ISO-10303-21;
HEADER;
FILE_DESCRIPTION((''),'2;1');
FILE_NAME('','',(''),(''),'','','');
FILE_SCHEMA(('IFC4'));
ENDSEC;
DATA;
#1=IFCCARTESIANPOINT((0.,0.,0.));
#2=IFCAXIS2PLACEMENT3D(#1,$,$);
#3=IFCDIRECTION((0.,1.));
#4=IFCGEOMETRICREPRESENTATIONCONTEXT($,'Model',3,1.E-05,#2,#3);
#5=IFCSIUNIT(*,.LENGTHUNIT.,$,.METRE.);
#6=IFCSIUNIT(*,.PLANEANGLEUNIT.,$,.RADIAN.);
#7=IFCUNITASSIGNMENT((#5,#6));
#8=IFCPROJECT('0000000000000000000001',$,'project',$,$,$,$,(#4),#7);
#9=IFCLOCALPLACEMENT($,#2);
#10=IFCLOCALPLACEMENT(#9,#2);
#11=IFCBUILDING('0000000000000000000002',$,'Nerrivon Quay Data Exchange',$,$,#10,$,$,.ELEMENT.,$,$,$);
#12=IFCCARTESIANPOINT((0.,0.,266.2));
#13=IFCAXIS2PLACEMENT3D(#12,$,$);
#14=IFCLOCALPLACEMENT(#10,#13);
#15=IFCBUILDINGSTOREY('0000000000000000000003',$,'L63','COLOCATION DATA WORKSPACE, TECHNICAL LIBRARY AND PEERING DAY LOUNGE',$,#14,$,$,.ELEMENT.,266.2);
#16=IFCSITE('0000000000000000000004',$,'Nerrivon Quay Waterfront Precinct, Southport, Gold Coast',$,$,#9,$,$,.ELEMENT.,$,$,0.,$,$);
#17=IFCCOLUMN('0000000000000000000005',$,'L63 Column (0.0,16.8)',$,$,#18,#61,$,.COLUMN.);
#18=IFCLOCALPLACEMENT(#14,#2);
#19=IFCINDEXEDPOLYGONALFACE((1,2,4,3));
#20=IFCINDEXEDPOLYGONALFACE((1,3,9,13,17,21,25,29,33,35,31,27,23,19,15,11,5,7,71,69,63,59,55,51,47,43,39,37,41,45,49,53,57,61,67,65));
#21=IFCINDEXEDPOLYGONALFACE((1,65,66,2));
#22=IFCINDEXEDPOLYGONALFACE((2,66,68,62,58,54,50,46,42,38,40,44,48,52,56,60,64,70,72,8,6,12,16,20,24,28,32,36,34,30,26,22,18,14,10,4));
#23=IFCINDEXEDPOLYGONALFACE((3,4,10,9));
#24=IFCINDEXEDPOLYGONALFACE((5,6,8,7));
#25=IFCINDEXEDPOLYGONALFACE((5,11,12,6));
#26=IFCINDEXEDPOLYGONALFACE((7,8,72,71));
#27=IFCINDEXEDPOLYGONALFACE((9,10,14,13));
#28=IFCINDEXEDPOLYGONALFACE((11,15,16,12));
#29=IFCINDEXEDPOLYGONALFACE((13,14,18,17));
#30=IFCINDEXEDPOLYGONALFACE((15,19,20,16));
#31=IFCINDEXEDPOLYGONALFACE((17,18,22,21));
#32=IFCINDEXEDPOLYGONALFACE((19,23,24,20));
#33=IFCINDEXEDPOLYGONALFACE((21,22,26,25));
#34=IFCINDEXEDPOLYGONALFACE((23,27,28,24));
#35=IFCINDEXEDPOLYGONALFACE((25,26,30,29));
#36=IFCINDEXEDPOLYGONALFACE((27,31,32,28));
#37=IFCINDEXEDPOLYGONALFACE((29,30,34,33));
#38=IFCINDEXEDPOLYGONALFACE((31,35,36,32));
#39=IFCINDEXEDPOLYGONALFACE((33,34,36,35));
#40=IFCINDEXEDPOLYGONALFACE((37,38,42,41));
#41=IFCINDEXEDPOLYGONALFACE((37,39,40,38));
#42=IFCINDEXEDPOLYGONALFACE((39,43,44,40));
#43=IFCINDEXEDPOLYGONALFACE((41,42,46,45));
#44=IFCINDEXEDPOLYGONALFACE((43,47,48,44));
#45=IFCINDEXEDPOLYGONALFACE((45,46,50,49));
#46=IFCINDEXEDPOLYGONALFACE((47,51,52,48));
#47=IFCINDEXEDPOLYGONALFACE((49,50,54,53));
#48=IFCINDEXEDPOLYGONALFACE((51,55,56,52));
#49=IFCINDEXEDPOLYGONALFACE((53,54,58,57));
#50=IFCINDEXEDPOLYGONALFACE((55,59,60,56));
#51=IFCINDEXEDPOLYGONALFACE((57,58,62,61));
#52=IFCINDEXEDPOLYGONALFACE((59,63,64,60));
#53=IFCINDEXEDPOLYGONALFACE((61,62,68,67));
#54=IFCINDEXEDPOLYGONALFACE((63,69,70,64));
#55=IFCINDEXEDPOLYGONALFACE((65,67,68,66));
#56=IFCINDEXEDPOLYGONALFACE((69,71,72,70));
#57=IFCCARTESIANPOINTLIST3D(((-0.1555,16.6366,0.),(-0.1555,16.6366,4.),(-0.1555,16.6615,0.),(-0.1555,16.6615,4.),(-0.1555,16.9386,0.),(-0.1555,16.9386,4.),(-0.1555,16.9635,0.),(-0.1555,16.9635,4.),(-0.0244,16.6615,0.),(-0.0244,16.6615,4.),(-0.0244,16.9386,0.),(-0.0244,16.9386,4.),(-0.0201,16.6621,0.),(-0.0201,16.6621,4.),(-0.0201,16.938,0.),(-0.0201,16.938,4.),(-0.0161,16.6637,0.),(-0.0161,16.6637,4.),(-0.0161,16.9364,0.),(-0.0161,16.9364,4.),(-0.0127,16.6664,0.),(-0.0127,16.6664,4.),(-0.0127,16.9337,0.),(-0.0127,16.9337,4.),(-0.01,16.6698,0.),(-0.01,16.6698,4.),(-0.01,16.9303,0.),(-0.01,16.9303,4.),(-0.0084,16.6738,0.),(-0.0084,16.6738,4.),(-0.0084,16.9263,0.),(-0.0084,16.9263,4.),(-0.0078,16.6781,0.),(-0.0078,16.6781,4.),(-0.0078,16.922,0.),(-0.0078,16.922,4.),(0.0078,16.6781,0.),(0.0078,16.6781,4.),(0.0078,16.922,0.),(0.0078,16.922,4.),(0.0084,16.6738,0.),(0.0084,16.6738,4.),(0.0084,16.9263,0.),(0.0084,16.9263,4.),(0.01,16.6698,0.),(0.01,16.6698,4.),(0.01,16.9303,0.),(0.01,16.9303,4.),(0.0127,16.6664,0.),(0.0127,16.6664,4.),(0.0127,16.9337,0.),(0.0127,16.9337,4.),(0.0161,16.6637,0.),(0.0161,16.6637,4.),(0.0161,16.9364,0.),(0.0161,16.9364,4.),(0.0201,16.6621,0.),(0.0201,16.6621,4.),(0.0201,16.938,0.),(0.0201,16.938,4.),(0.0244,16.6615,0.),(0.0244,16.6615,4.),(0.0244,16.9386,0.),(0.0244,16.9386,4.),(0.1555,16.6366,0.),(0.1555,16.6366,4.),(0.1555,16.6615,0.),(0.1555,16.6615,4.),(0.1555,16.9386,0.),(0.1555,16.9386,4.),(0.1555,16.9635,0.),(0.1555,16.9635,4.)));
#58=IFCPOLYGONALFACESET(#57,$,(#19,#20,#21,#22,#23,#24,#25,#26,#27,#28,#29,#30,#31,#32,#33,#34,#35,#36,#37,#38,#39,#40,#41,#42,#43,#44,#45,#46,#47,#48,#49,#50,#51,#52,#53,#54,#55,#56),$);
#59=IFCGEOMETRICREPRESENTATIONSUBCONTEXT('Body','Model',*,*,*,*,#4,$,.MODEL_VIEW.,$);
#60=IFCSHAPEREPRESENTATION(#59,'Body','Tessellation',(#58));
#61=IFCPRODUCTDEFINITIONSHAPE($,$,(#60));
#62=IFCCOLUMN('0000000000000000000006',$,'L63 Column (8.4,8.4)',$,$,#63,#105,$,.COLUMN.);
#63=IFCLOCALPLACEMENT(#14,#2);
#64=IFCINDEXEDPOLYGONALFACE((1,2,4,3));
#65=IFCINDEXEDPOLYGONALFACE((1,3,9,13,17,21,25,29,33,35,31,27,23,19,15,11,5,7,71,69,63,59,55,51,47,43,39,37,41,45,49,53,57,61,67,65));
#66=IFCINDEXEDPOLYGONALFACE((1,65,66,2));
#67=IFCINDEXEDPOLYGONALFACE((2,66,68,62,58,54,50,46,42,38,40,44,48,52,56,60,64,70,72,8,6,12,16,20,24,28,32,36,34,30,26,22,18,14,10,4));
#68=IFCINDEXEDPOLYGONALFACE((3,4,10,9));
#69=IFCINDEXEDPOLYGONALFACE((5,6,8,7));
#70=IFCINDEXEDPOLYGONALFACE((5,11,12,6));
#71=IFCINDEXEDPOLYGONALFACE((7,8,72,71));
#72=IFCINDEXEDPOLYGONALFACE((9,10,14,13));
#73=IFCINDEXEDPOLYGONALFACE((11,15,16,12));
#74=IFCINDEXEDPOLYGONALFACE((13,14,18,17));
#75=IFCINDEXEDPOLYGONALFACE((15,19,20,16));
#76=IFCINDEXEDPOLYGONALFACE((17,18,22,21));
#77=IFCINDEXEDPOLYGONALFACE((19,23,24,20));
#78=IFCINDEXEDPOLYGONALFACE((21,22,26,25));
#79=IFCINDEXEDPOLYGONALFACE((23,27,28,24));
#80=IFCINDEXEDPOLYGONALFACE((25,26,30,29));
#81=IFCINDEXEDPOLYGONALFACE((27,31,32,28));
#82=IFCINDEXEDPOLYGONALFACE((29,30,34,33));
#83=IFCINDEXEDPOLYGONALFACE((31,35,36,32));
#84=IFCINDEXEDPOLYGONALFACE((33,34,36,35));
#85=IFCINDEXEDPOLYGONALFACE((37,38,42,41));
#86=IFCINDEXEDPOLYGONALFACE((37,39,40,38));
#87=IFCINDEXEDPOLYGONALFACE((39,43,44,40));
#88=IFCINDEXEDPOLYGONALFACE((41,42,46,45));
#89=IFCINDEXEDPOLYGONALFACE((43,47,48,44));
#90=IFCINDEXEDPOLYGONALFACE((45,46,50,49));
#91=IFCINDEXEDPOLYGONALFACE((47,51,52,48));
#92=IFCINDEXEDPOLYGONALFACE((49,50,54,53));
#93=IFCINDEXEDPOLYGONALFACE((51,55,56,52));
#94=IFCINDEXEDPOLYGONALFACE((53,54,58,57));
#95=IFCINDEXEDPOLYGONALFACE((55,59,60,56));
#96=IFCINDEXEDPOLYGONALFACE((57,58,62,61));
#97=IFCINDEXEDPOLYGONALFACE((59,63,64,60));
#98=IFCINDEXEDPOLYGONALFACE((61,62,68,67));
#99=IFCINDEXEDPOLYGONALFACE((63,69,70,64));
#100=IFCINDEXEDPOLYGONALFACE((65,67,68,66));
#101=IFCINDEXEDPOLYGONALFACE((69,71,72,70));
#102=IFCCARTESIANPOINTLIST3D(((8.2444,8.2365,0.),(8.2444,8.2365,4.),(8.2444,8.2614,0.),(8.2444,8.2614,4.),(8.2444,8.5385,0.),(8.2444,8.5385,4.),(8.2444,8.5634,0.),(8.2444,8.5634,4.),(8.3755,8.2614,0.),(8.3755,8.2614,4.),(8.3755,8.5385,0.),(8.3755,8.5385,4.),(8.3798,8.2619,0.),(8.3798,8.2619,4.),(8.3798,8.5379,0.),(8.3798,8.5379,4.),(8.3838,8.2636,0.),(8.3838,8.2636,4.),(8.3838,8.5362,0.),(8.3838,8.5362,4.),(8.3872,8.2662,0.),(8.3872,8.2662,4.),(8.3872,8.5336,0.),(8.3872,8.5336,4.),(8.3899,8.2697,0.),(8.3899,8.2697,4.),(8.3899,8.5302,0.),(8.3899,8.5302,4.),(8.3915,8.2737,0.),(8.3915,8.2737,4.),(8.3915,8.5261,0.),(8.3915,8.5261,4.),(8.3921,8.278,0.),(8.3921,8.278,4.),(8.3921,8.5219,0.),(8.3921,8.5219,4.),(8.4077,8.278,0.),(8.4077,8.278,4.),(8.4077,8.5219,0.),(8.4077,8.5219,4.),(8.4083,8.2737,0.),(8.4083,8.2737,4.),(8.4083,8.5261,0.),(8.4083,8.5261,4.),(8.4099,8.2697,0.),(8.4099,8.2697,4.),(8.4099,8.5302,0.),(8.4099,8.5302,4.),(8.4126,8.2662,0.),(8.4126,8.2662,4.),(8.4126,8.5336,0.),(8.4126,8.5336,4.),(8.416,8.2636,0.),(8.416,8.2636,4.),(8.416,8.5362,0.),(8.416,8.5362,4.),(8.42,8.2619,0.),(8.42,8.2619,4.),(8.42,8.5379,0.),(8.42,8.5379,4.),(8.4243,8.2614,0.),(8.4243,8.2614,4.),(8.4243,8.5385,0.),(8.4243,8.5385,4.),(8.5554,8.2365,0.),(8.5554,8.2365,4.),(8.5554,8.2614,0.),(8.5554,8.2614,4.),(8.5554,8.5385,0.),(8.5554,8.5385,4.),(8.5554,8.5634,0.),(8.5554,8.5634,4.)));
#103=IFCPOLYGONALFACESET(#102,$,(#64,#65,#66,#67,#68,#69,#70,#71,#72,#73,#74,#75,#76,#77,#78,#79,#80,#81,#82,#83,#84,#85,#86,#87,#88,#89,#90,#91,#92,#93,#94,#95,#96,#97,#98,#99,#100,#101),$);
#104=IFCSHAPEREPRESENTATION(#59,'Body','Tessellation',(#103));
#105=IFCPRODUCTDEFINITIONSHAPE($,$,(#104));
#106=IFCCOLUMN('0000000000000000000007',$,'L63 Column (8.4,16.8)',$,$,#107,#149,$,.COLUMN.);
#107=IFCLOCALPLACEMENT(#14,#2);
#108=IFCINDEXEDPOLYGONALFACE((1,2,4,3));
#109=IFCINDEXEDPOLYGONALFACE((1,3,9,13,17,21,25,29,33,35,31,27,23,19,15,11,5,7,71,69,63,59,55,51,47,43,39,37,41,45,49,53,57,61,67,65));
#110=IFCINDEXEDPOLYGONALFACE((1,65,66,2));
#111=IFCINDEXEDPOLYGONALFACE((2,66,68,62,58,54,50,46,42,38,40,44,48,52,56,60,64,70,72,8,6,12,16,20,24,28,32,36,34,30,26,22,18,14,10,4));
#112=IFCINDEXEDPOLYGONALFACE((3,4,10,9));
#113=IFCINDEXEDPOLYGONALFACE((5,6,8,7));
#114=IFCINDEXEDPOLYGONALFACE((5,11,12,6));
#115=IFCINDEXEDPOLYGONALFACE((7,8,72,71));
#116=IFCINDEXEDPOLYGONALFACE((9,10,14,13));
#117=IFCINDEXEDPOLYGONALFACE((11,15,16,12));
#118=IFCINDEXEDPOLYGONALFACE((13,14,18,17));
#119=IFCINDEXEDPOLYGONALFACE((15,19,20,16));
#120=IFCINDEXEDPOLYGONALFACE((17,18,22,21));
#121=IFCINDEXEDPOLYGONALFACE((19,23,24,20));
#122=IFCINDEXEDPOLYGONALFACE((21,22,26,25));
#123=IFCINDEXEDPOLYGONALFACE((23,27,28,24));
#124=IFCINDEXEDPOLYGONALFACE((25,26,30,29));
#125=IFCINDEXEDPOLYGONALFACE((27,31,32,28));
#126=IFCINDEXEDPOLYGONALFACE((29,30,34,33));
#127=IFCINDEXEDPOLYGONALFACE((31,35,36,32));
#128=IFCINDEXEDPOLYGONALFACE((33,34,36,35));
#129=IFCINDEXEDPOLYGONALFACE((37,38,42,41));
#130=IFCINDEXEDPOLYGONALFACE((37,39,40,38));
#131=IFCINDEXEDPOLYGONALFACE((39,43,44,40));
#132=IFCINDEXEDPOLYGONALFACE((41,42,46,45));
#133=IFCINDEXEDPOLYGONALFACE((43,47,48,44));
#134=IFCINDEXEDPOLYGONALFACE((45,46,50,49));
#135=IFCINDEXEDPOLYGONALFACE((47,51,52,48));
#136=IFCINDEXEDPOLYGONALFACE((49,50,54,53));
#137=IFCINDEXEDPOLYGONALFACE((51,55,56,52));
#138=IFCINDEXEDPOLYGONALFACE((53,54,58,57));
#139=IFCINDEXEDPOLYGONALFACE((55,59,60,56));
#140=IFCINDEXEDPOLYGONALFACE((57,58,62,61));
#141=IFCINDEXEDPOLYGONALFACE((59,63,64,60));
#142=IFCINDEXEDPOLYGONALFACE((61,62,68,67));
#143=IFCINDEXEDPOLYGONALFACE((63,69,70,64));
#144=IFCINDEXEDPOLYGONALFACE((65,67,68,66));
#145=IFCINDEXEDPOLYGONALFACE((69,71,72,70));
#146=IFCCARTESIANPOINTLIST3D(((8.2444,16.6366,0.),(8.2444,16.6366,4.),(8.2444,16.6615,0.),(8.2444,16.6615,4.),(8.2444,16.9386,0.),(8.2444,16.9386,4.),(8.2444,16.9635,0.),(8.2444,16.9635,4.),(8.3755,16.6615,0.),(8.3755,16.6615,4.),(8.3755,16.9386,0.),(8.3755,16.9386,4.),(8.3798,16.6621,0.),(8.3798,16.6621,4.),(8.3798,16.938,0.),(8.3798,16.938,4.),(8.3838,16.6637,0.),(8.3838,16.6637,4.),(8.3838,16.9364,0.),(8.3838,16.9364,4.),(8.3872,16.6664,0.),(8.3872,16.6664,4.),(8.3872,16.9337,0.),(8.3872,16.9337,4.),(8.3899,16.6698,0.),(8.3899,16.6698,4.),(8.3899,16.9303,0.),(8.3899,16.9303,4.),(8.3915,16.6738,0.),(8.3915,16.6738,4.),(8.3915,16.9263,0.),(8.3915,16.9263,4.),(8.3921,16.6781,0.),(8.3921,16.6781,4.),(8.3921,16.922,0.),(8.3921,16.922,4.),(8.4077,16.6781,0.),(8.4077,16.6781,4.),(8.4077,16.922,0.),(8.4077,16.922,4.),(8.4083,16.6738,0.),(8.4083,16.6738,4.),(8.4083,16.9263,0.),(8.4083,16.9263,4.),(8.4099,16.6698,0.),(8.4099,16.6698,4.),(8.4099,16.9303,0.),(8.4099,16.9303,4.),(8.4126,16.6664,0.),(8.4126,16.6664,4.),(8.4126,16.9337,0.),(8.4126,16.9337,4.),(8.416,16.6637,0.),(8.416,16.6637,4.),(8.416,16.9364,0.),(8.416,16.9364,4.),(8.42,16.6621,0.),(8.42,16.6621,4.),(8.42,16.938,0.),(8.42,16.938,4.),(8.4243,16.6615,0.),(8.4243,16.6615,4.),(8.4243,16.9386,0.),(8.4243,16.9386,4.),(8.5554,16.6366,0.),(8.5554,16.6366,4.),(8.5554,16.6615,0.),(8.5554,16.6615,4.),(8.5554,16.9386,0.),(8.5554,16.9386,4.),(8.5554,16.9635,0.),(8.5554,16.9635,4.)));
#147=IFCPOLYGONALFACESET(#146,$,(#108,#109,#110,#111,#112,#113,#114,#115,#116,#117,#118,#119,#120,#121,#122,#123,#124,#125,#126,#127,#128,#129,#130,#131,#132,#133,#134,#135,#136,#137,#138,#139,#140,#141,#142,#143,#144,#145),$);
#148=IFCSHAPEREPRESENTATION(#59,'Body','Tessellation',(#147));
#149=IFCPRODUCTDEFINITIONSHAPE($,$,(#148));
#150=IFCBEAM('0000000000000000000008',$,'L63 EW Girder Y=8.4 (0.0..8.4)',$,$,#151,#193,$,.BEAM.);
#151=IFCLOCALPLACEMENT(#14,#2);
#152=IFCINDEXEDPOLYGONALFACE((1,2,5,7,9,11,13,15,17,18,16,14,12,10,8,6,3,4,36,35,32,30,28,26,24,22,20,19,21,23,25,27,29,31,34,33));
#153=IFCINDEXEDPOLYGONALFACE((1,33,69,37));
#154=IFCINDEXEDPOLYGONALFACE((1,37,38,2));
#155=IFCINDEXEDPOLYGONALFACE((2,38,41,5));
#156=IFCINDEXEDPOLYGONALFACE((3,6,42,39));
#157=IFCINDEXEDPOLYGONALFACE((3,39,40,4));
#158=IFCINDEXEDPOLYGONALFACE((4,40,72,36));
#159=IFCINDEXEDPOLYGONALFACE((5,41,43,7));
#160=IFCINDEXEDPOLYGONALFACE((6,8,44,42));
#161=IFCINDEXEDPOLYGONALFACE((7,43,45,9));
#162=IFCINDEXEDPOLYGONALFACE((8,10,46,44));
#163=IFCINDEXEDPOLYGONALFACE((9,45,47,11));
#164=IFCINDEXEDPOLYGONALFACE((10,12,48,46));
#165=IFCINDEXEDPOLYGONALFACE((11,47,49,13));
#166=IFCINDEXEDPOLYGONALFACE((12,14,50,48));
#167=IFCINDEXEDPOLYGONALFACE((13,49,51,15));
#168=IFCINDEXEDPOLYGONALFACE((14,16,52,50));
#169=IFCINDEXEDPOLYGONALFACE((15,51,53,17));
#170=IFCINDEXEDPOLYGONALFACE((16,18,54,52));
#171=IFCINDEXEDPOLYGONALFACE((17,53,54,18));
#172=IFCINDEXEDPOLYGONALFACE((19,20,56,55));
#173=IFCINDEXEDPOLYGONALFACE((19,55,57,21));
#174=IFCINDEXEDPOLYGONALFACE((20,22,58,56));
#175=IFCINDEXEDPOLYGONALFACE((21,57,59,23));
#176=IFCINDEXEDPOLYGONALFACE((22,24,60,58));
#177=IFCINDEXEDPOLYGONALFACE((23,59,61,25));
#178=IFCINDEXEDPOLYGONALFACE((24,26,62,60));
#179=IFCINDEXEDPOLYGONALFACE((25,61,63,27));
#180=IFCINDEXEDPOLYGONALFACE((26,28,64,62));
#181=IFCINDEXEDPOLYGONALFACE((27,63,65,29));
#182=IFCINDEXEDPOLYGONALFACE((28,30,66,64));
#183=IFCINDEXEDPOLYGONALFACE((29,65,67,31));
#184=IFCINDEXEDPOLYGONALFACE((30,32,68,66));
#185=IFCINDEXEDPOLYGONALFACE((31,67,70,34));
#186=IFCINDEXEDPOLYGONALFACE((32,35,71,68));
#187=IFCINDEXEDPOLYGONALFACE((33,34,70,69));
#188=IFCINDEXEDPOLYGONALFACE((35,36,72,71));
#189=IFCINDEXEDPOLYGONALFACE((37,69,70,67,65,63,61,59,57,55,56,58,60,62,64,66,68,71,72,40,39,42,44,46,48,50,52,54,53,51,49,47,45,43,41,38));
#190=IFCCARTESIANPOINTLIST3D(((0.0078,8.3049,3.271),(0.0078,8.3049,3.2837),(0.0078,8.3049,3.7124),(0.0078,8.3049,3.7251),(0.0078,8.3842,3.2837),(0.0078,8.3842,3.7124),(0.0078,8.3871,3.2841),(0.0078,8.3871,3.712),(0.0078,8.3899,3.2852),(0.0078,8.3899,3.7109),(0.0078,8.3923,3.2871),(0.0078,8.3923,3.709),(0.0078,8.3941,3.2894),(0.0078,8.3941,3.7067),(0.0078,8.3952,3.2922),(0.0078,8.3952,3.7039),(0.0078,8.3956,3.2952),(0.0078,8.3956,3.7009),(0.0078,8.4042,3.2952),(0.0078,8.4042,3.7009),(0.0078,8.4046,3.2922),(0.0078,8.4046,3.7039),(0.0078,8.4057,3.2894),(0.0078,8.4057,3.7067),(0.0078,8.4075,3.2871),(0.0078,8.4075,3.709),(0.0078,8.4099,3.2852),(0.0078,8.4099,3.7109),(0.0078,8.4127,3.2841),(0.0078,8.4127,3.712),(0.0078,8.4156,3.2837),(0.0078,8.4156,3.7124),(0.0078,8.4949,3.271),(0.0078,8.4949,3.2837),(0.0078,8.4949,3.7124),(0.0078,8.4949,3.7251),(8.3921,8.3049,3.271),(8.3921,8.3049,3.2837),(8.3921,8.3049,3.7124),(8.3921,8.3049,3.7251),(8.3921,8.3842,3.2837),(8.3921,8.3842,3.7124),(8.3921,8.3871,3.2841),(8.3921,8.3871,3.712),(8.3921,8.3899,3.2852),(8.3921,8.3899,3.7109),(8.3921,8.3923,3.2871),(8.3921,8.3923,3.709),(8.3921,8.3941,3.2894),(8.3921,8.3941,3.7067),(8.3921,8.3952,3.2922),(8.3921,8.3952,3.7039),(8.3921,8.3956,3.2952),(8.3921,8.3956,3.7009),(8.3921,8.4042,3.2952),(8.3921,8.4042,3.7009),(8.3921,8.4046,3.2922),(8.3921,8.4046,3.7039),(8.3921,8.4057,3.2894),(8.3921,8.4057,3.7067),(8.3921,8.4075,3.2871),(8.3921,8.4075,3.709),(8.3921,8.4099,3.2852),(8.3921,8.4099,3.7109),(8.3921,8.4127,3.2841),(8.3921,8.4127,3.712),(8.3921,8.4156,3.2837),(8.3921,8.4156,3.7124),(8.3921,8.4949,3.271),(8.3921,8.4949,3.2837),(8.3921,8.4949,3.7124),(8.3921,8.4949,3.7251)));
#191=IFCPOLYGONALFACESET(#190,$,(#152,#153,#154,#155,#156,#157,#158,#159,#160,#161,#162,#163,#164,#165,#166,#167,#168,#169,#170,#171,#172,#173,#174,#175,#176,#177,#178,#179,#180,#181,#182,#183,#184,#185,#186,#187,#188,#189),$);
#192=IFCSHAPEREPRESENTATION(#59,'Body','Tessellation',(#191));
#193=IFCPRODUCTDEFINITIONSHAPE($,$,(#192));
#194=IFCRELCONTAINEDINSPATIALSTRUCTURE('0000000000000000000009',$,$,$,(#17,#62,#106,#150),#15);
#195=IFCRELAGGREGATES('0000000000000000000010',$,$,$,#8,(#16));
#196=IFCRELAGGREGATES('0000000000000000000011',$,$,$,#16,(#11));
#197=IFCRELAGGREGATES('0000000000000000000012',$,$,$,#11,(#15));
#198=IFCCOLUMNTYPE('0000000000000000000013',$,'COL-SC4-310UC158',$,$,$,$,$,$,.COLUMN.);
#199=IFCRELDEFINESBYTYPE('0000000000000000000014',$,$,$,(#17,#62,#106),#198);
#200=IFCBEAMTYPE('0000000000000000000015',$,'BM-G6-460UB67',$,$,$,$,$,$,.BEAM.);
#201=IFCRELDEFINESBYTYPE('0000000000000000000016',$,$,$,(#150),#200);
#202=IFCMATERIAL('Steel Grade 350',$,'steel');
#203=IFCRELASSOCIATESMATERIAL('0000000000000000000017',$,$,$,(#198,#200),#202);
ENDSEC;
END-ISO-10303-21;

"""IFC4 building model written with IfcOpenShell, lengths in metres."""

from ifc_helpers import new_model, si_unit, direction, frame, origin, origin_2d, place, context, subcontext, project, spatial, i_section, extrude, material, material_profile, profile_set, type_object, element, save


model = new_model("IFC4")

# Units and contexts
model_context = context("Model", 3, precision=1e-05, world=origin(), true_north=direction((0.0, 1.0)))
body_context = subcontext(model_context, "Body", "Model", "MODEL_VIEW")
ifc_project = project(units=[si_unit("LENGTHUNIT", "METRE"), si_unit("PLANEANGLEUNIT", "RADIAN")], contexts=[model_context])

# Site, building, storey
site_placement = place(None, origin())
site = spatial("IfcSite", under=ifc_project, at=site_placement, Name="Nerrivon Quay Waterfront Precinct, Southport, Gold Coast", CompositionType="ELEMENT", RefElevation=0.0)
building_placement = place(site_placement, origin())
building = spatial("IfcBuilding", under=site, at=building_placement, Name="Nerrivon Quay Data Exchange", CompositionType="ELEMENT")
storey_placement = place(building_placement, frame((0.0, 0.0, 266.2)))
storey = spatial("IfcBuildingStorey", under=building, at=storey_placement, Name="L63", Description="COLOCATION DATA WORKSPACE, TECHNICAL LIBRARY AND PEERING DAY LOUNGE", CompositionType="ELEMENT", Elevation=266.2)

# Columns
ifc_material_1 = material(Name="Steel Grade 350", Category="steel")
ifc_material_profile_1 = material_profile(ifc_material_1, i_section(OverallWidth=0.311, OverallDepth=0.3269, WebThickness=0.0156, FlangeThickness=0.0249, FilletRadius=0.0166, at=origin_2d()), Name="310UC158")
ifc_profile_set_1 = profile_set([ifc_material_profile_1], Name="Steel Grade 350")
column_type = type_object("IfcColumnType", Name="COL-SC4-310UC158", PredefinedType="COLUMN", material=ifc_profile_set_1)
for number, where, z_axis, x_axis, name in (
    (1, (0.0, 16.8, 0.0), (0.0, 0.0, 1.0), (1.0, 0.0, 0.0), "L63 Column (0.0,16.8)"),
    (2, (8.3999, 8.3999, 0.0), (0.0, 0.0, 1.0), (1.0, 0.0, 0.0), "L63 Column (8.4,8.4)"),
    (3, (8.3999, 16.8, 0.0), (0.0, 0.0, 1.0), (1.0, 0.0, 0.0), "L63 Column (8.4,16.8)"),
):
    element("IfcColumn", number, at=place(storey_placement, frame(where, z_axis=z_axis, x_axis=x_axis)), inside=storey, type_object=column_type, Name=name, PredefinedType="COLUMN", context=body_context, shape_type="SweptSolid", body=[
        extrude(i_section(OverallWidth=0.311, OverallDepth=0.3269, WebThickness=0.0156, FlangeThickness=0.0249, FilletRadius=0.0166, at=origin_2d()), origin(), (0.0, 0.0, 1.0), 4.0),
    ])

# Beam
ifc_material_profile_2 = material_profile(ifc_material_1, i_section(OverallWidth=0.1899, OverallDepth=0.4541, WebThickness=0.0085, FlangeThickness=0.0127, FilletRadius=0.0115, at=origin_2d()), Name="460UB67.1")
ifc_profile_set_2 = profile_set([ifc_material_profile_2], Name="Steel Grade 350")
beam_type_1 = type_object("IfcBeamType", Name="BM-G6-460UB67", PredefinedType="BEAM", material=ifc_profile_set_2)
beam_1_placement = place(storey_placement, frame((0.0078, 8.3999, 3.498), z_axis=(1.0, 0.0, 0.0), x_axis=(0.0, 1.0, 0.0)))
element("IfcBeam", 4, at=beam_1_placement, inside=storey, type_object=beam_type_1, Name="L63 EW Girder Y=8.4 (0.0..8.4)", PredefinedType="BEAM", context=body_context, shape_type="SweptSolid", body=[
    extrude(i_section(OverallWidth=0.1899, OverallDepth=0.4541, WebThickness=0.0085, FlangeThickness=0.0127, FilletRadius=0.0115, at=origin_2d()), origin(), (0.0, 0.0, 1.0), 8.3843),
])

save(model, "model.ifc")
